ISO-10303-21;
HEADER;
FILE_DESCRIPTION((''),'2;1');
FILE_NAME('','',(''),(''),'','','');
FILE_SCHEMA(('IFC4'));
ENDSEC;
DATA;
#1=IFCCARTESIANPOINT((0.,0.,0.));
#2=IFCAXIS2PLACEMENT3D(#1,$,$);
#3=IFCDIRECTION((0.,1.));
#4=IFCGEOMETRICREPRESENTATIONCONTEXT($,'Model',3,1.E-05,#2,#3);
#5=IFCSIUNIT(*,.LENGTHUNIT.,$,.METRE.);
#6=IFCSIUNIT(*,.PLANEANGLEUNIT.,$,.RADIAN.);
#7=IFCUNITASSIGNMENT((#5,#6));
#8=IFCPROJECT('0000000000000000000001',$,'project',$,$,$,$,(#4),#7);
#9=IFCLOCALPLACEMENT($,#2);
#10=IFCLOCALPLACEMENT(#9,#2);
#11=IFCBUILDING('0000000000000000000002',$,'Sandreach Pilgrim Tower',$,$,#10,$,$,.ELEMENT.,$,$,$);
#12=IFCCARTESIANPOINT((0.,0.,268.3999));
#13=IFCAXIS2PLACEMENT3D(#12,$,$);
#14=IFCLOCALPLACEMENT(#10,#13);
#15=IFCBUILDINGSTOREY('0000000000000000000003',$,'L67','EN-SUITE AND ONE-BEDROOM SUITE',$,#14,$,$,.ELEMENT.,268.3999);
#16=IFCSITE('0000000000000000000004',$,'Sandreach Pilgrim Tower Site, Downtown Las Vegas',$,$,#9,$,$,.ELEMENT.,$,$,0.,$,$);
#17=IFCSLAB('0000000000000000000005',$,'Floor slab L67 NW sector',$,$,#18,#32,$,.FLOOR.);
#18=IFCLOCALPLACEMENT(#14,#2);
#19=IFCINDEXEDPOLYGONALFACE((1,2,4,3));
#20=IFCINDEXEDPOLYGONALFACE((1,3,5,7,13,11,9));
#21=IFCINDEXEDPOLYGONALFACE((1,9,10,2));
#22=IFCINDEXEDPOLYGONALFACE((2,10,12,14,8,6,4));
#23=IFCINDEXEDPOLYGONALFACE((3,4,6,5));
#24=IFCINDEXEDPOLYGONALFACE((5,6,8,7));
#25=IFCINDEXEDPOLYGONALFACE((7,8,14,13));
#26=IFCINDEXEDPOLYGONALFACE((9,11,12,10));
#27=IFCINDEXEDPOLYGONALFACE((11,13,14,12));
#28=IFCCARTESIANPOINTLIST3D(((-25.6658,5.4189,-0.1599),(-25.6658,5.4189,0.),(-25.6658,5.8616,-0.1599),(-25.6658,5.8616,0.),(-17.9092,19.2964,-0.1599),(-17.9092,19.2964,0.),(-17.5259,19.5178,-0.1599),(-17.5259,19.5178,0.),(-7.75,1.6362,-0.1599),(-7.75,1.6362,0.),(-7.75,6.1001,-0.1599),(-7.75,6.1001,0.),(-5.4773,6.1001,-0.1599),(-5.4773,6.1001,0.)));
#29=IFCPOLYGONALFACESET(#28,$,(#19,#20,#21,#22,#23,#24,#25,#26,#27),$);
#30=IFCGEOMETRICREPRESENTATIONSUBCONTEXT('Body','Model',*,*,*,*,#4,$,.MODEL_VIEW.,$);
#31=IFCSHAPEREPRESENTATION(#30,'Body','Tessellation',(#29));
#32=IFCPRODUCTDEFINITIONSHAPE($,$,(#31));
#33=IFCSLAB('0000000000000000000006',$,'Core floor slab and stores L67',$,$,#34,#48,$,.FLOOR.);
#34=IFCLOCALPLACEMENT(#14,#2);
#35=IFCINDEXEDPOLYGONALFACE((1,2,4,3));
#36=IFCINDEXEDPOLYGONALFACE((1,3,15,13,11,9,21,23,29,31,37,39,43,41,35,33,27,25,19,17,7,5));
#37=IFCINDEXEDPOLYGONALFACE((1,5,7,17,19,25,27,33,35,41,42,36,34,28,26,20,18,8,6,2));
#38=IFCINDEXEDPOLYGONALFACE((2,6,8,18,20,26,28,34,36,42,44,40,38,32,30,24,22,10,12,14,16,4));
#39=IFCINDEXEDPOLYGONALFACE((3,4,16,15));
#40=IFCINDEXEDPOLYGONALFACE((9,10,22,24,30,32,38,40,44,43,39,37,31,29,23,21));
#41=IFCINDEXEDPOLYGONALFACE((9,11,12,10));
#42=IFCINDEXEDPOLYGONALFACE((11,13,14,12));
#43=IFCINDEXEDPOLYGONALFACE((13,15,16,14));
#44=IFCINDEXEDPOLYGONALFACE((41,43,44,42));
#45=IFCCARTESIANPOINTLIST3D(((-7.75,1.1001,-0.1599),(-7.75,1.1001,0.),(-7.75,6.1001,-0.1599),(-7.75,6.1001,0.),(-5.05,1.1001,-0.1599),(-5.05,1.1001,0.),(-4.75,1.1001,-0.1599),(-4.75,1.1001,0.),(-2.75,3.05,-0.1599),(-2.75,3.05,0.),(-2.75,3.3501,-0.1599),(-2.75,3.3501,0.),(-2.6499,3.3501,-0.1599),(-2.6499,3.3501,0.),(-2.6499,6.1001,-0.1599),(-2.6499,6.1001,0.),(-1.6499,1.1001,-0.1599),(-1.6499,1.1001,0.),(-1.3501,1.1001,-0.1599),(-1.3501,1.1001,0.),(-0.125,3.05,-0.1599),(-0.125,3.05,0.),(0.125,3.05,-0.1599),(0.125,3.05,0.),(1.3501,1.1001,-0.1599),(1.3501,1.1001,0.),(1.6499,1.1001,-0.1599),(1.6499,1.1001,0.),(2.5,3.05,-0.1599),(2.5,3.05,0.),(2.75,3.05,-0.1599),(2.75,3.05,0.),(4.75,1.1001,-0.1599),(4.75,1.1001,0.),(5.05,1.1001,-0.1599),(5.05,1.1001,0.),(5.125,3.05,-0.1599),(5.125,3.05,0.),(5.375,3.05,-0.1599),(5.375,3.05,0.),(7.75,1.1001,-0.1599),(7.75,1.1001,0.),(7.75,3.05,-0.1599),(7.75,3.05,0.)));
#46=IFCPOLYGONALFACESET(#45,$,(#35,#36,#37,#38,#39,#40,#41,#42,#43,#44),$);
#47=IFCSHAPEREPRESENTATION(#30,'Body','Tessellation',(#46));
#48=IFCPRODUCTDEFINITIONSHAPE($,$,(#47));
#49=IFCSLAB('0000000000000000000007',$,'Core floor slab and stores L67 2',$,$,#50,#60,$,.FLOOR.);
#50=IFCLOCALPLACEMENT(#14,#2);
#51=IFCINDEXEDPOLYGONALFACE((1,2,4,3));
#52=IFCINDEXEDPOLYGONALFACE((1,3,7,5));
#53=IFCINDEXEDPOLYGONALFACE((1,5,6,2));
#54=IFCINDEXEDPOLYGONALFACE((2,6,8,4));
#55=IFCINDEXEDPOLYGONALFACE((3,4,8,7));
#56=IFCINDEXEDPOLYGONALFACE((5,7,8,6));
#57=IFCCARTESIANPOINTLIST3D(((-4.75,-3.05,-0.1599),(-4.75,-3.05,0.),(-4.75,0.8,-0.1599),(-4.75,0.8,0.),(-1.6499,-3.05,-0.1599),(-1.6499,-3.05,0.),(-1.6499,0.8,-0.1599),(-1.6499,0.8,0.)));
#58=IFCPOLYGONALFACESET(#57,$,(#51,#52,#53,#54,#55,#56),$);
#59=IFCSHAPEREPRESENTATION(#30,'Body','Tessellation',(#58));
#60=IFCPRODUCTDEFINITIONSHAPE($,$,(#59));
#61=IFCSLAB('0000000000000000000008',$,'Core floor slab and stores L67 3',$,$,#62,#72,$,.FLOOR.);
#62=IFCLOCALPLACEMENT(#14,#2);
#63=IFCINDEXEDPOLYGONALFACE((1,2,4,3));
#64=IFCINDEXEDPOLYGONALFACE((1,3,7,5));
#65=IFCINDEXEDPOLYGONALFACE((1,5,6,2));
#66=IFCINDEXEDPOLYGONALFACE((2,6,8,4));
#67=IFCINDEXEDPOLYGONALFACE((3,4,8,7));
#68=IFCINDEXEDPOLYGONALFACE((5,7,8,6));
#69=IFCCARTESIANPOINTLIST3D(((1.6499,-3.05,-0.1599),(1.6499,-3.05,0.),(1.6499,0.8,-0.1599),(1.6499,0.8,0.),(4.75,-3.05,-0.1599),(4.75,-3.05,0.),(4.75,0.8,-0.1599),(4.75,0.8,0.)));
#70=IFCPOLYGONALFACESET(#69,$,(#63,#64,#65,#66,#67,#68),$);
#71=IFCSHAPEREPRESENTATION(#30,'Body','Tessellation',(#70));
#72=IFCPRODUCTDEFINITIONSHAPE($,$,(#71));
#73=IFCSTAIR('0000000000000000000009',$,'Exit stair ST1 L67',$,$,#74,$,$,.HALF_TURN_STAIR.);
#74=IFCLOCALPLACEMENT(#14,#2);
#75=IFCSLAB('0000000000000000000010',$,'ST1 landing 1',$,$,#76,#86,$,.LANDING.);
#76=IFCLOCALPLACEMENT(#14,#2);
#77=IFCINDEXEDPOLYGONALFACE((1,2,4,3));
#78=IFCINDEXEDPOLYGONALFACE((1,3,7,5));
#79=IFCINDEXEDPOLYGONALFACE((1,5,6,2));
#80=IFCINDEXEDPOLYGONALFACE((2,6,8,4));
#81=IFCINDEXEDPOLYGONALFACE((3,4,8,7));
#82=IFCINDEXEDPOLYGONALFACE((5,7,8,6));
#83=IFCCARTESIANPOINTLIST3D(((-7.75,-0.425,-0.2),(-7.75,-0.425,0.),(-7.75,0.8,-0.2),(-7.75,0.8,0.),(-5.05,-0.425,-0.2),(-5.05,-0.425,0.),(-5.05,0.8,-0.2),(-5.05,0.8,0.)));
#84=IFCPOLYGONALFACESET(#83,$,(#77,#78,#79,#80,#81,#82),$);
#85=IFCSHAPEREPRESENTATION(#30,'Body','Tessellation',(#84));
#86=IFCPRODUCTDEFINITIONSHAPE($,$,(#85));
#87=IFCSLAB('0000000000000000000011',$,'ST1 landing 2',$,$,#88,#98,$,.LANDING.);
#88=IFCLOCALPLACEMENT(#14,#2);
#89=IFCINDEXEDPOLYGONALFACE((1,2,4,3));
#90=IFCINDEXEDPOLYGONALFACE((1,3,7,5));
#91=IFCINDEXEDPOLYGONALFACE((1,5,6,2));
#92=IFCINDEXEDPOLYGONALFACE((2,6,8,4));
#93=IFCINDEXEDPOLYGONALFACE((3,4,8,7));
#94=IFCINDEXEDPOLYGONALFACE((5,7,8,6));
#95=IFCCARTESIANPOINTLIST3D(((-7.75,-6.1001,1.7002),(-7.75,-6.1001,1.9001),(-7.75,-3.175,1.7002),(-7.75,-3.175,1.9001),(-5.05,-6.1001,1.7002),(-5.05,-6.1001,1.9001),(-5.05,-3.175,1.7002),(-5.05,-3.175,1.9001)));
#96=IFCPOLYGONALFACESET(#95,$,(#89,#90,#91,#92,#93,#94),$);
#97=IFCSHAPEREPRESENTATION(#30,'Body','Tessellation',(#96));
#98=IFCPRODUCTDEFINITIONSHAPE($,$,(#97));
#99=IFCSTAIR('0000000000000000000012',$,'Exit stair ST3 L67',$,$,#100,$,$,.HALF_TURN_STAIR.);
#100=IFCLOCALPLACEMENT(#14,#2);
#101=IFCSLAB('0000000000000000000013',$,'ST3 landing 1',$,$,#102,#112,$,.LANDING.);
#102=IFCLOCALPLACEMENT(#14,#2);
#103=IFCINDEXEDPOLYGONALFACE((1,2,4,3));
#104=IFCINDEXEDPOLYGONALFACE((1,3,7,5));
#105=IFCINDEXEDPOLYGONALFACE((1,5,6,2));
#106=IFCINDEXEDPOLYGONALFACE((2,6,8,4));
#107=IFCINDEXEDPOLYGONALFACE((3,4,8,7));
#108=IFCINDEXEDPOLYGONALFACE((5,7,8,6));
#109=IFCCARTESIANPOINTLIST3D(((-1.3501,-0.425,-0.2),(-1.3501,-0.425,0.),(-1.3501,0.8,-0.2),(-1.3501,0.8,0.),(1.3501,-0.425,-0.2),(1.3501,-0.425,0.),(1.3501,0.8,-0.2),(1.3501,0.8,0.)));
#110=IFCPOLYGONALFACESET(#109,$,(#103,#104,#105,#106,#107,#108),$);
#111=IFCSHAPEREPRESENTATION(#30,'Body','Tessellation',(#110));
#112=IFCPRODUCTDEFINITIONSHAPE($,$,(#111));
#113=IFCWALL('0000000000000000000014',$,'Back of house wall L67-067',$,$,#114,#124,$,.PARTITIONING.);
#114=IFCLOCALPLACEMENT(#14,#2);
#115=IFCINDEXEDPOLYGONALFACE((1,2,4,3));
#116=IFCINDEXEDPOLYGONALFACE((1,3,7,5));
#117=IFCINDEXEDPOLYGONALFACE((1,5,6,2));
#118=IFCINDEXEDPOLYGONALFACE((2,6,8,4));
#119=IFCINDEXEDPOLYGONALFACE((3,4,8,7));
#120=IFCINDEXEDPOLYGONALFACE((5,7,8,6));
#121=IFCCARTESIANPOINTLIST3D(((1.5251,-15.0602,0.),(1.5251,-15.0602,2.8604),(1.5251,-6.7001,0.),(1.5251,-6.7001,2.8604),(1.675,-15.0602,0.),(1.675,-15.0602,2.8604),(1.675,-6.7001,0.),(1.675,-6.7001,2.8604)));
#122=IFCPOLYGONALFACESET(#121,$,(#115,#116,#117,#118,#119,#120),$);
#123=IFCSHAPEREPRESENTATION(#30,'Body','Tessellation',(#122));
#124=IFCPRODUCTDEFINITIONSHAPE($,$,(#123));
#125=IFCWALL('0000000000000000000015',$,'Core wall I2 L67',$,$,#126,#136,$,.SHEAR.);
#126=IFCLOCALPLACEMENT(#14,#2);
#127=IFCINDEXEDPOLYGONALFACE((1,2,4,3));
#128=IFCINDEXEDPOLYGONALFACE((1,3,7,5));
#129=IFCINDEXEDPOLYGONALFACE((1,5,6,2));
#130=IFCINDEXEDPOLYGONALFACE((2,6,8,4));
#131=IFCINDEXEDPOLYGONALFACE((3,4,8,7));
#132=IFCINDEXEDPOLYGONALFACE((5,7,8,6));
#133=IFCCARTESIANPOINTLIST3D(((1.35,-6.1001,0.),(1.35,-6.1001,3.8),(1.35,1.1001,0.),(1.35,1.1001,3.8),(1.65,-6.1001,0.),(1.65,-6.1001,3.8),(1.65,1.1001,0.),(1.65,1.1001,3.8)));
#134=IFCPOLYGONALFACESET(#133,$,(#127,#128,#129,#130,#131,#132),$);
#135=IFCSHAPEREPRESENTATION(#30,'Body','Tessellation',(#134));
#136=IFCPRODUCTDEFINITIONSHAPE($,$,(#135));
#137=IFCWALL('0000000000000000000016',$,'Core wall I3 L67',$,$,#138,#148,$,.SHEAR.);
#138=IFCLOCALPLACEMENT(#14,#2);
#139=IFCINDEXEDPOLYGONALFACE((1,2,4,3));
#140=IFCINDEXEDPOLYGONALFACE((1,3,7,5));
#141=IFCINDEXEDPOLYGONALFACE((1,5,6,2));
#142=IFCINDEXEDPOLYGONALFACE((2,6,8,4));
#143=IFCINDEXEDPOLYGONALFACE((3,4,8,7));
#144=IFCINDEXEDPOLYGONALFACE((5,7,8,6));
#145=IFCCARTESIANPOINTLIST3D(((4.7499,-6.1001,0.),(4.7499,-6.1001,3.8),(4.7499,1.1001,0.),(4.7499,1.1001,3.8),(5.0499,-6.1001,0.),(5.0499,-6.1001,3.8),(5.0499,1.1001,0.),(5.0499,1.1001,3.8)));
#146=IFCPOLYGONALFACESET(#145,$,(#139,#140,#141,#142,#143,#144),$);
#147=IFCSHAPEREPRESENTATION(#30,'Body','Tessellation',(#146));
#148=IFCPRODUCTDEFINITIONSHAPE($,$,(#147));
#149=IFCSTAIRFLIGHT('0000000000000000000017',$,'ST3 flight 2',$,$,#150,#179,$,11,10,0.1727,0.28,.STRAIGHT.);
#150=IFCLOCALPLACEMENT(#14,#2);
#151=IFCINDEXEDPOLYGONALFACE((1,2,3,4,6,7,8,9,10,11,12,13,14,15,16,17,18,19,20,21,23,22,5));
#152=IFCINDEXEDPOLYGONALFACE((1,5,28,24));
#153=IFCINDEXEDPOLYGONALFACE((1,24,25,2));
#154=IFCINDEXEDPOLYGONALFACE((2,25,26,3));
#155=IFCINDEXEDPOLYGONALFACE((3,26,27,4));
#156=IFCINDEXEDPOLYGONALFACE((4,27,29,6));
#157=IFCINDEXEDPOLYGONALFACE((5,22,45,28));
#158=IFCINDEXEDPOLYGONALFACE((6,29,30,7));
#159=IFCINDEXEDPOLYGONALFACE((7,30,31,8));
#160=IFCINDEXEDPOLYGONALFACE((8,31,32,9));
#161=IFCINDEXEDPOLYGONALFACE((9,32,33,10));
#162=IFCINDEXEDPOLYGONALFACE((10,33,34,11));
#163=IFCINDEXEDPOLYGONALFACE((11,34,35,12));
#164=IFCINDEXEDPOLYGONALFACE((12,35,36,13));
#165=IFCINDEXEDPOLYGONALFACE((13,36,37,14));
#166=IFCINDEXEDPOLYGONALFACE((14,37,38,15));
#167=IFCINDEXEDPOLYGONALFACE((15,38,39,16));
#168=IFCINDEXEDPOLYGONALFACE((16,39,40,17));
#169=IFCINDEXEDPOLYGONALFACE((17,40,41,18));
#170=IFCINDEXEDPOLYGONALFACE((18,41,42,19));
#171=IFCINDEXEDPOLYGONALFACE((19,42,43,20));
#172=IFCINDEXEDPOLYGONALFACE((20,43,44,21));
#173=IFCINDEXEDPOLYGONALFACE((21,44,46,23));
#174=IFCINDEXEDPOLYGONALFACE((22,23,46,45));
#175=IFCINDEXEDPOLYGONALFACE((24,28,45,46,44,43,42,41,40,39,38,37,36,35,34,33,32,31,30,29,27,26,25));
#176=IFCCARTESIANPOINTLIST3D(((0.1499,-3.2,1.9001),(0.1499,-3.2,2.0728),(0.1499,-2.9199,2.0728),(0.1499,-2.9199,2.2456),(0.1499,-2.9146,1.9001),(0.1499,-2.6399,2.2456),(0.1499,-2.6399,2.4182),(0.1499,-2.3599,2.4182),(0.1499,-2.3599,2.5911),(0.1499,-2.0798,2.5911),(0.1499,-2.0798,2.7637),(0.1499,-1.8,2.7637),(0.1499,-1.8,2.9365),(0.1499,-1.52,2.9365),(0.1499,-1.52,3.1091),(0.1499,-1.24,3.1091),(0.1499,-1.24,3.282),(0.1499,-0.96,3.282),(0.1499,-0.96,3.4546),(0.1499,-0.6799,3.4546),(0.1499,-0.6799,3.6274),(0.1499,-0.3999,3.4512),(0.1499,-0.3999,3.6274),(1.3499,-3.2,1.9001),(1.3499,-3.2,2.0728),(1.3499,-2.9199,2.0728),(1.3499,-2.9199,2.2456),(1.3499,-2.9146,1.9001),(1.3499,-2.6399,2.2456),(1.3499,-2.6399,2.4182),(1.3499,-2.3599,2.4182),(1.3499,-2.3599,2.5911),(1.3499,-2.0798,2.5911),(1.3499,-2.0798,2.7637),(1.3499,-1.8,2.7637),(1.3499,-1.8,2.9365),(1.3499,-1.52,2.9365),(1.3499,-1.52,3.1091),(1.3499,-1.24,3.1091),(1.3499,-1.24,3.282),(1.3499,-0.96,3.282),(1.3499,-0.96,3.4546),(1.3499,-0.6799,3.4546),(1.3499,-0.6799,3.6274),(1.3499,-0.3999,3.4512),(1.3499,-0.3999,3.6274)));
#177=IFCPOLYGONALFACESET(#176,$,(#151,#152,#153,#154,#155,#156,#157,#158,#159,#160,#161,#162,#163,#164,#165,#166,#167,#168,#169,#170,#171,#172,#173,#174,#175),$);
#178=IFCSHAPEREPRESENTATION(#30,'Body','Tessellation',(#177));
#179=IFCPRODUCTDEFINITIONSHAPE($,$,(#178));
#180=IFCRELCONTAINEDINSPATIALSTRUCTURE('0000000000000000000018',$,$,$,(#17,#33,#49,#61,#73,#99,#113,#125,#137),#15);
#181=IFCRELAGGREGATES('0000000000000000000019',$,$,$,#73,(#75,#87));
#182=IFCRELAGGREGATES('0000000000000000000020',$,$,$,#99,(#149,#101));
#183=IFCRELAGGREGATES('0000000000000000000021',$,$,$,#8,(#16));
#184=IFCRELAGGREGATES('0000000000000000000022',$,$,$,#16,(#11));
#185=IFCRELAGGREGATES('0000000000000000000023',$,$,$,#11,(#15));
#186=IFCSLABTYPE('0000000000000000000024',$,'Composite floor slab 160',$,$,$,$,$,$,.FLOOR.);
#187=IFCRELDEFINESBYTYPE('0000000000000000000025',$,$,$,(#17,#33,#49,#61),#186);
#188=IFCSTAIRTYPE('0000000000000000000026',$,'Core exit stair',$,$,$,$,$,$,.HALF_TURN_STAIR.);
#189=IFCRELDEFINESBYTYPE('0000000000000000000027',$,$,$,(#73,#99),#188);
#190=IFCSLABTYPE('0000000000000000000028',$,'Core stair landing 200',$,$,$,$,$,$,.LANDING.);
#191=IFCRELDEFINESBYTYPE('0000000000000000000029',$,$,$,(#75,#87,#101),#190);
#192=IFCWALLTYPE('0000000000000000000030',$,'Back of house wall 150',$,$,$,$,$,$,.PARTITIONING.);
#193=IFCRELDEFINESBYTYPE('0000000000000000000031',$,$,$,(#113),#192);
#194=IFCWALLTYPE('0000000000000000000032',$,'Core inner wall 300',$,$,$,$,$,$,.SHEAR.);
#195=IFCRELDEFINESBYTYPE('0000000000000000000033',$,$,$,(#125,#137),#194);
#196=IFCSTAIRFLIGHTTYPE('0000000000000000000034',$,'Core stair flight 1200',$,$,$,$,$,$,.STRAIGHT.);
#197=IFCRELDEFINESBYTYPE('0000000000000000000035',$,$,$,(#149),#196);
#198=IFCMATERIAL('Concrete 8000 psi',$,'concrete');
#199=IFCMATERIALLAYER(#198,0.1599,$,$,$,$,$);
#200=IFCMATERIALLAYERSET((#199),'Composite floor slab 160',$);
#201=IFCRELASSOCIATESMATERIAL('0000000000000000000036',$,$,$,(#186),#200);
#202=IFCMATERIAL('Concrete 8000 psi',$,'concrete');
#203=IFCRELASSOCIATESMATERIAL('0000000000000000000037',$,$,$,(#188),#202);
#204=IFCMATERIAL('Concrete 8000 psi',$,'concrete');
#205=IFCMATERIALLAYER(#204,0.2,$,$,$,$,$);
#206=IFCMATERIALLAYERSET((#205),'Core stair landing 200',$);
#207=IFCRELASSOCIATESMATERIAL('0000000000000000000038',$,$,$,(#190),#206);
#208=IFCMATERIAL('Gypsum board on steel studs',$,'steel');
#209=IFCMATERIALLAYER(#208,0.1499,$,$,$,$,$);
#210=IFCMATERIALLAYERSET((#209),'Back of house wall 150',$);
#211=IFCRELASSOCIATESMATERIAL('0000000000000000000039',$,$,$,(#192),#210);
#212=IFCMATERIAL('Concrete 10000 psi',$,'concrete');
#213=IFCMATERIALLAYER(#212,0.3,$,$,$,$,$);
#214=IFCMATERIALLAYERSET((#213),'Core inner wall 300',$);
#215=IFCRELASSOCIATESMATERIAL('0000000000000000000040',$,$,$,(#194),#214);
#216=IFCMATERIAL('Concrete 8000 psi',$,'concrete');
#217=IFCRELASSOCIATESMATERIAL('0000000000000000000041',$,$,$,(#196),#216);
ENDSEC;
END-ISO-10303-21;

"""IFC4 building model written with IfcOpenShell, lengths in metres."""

from ifc_helpers import new_model, si_unit, direction, frame, frame_2d, origin, place, context, subcontext, project, spatial, polyline, rectangle, outline, extrude, material, layer, layer_set, type_object, element, aggregate, save


model = new_model("IFC4")

# Units and contexts
model_context = context("Model", 3, precision=1e-05, world=origin(), true_north=direction((0.0, 1.0)))
body_context = subcontext(model_context, "Body", "Model", "MODEL_VIEW")
ifc_project = project(units=[si_unit("LENGTHUNIT", "METRE"), si_unit("PLANEANGLEUNIT", "RADIAN")], contexts=[model_context])

# Site, building, storey
site_placement = place(None, origin())
site = spatial("IfcSite", under=ifc_project, at=site_placement, Name="Sandreach Pilgrim Tower Site, Downtown Las Vegas", CompositionType="ELEMENT", RefElevation=0.0)
building_placement = place(site_placement, origin())
building = spatial("IfcBuilding", under=site, at=building_placement, Name="Sandreach Pilgrim Tower", CompositionType="ELEMENT")
storey_placement = place(building_placement, frame((0.0, 0.0, 268.3999)))
storey = spatial("IfcBuildingStorey", under=building, at=storey_placement, Name="L67", Description="EN-SUITE AND ONE-BEDROOM SUITE", CompositionType="ELEMENT", Elevation=268.3999)

# Slabs
ifc_material_1 = material(Name="Concrete 8000 psi", Category="concrete")
ifc_layer_1 = layer(ifc_material_1, 0.1599)
ifc_layer_set_1 = layer_set([ifc_layer_1], Name="Composite floor slab 160")
slab_type_1 = type_object("IfcSlabType", Name="Composite floor slab 160", PredefinedType="FLOOR", material=ifc_layer_set_1)
slab_1_placement = place(storey_placement, frame((0.0, 0.0, -0.1599)))
element("IfcSlab", 1, at=slab_1_placement, inside=storey, type_object=slab_type_1, Name="Floor slab L67 NW sector", PredefinedType="FLOOR", context=body_context, shape_type="SweptSolid", body=[
    extrude(outline(polyline([(-25.6658, 5.8616), (-17.9092, 19.2964), (-17.5259, 19.5178), (-5.4773, 6.1001), (-7.75, 6.1001), (-7.75, 1.6362), (-25.6658, 5.4189), (-25.6658, 5.8616)])), origin(), (0.0, 0.0, 1.0), 0.1599),
])
slab_2_placement = place(storey_placement, frame((0.0, 0.0, -0.1599)))
element("IfcSlab", 2, at=slab_2_placement, inside=storey, type_object=slab_type_1, Name="Core floor slab and stores L67", PredefinedType="FLOOR", context=body_context, shape_type="SweptSolid", body=[
    extrude(outline(polyline([(-2.75, 3.3501), (-2.75, 3.05), (-0.125, 3.05), (0.125, 3.05), (2.5, 3.05), (2.75, 3.05), (5.125, 3.05), (5.375, 3.05), (7.75, 3.05), (7.75, 1.1001), (5.05, 1.1001), (4.75, 1.1001), (1.6499, 1.1001), (1.3501, 1.1001), (-1.3501, 1.1001), (-1.6499, 1.1001), (-4.75, 1.1001), (-5.05, 1.1001), (-7.75, 1.1001), (-7.75, 6.1001), (-2.6499, 6.1001), (-2.6499, 3.3501), (-2.75, 3.3501)])), origin(), (0.0, 0.0, 1.0), 0.1599),
])
slab_3_placement = place(storey_placement, frame((0.0, 0.0, -0.1599)))
element("IfcSlab", 3, at=slab_3_placement, inside=storey, type_object=slab_type_1, Name="Core floor slab and stores L67 2", PredefinedType="FLOOR", context=body_context, shape_type="SweptSolid", body=[
    extrude(outline(polyline([(-1.6499, -3.05), (-4.75, -3.05), (-4.75, 0.8), (-1.6499, 0.8), (-1.6499, -3.05)])), origin(), (0.0, 0.0, 1.0), 0.1599),
])
slab_4_placement = place(storey_placement, frame((0.0, 0.0, -0.1599)))
element("IfcSlab", 4, at=slab_4_placement, inside=storey, type_object=slab_type_1, Name="Core floor slab and stores L67 3", PredefinedType="FLOOR", context=body_context, shape_type="SweptSolid", body=[
    extrude(outline(polyline([(4.75, -3.05), (1.6499, -3.05), (1.6499, 0.8), (4.75, 0.8), (4.75, -3.05)])), origin(), (0.0, 0.0, 1.0), 0.1599),
])

# Stair, slabs
ifc_material_2 = material(Name="Concrete 8000 psi", Category="concrete")
stair_type = type_object("IfcStairType", Name="Core exit stair", PredefinedType="HALF_TURN_STAIR", material=ifc_material_2)
stair_1_placement = place(storey_placement, origin())
stair_1 = element("IfcStair", 5, at=stair_1_placement, inside=storey, type_object=stair_type, Name="Exit stair ST1 L67", PredefinedType="HALF_TURN_STAIR")
ifc_material_3 = material(Name="Concrete 8000 psi", Category="concrete")
ifc_layer_2 = layer(ifc_material_3, 0.2)
ifc_layer_set_2 = layer_set([ifc_layer_2], Name="Core stair landing 200")
slab_type_2 = type_object("IfcSlabType", Name="Core stair landing 200", PredefinedType="LANDING", material=ifc_layer_set_2)
slab_5_placement = place(storey_placement, frame((0.0, 0.0, -0.2)))
slab_5 = element("IfcSlab", 6, at=slab_5_placement, type_object=slab_type_2, Name="ST1 landing 1", PredefinedType="LANDING", context=body_context, shape_type="SweptSolid", body=[
    extrude(outline(polyline([(-7.75, -0.425), (-5.05, -0.425), (-5.05, 0.8), (-7.75, 0.8), (-7.75, -0.425)])), origin(), (0.0, 0.0, 1.0), 0.2),
])
slab_6_placement = place(storey_placement, frame((0.0, 0.0, 1.7002)))
slab_6 = element("IfcSlab", 7, at=slab_6_placement, type_object=slab_type_2, Name="ST1 landing 2", PredefinedType="LANDING", context=body_context, shape_type="SweptSolid", body=[
    extrude(outline(polyline([(-7.75, -6.1001), (-5.05, -6.1001), (-5.05, -3.175), (-7.75, -3.175), (-7.75, -6.1001)])), origin(), (0.0, 0.0, 1.0), 0.2),
])
aggregate(stair_1, [slab_5, slab_6])

# Stair, slab
stair_2_placement = place(storey_placement, origin())
stair_2 = element("IfcStair", 8, at=stair_2_placement, inside=storey, type_object=stair_type, Name="Exit stair ST3 L67", PredefinedType="HALF_TURN_STAIR")
slab_7_placement = place(storey_placement, frame((0.0, 0.0, -0.2)))
slab_7 = element("IfcSlab", 9, at=slab_7_placement, type_object=slab_type_2, Name="ST3 landing 1", PredefinedType="LANDING", context=body_context, shape_type="SweptSolid", body=[
    extrude(outline(polyline([(-1.3501, -0.425), (1.3501, -0.425), (1.3501, 0.8), (-1.3501, 0.8), (-1.3501, -0.425)])), origin(), (0.0, 0.0, 1.0), 0.2),
])

# Walls
ifc_material_4 = material(Name="Gypsum board on steel studs", Category="steel")
ifc_layer_3 = layer(ifc_material_4, 0.1499)
ifc_layer_set_3 = layer_set([ifc_layer_3], Name="Back of house wall 150")
wall_type_1 = type_object("IfcWallType", Name="Back of house wall 150", PredefinedType="PARTITIONING", material=ifc_layer_set_3)
wall_1_placement = place(storey_placement, frame((1.6001, -6.7, 0.0), z_axis=(0.0, 0.0, 1.0), x_axis=(0.0, -1.0, 0.0)))
element("IfcWall", 10, at=wall_1_placement, inside=storey, type_object=wall_type_1, Name="Back of house wall L67-067", PredefinedType="PARTITIONING", context=body_context, shape_type="SweptSolid", body=[
    extrude(rectangle(XDim=8.3601, YDim=0.1499, at=frame_2d((4.1802, 0.0))), origin(), (0.0, 0.0, 1.0), 2.8604),
])
ifc_material_5 = material(Name="Concrete 10000 psi", Category="concrete")
ifc_layer_4 = layer(ifc_material_5, 0.3)
ifc_layer_set_4 = layer_set([ifc_layer_4], Name="Core inner wall 300")
wall_type_2 = type_object("IfcWallType", Name="Core inner wall 300", PredefinedType="SHEAR", material=ifc_layer_set_4)
for number, where, z_axis, x_axis, name in (
    (11, (1.5, -6.1001, 0.0), (0.0, 0.0, 1.0), (0.0, 1.0, 0.0), "Core wall I2 L67"),
    (12, (4.8999, -6.1001, 0.0), (0.0, 0.0, 1.0), (0.0, 1.0, 0.0), "Core wall I3 L67"),
):
    element("IfcWall", number, at=place(storey_placement, frame(where, z_axis=z_axis, x_axis=x_axis)), inside=storey, type_object=wall_type_2, Name=name, PredefinedType="SHEAR", context=body_context, shape_type="SweptSolid", body=[
        extrude(rectangle(XDim=7.2002, YDim=0.3, at=frame_2d((3.6001, 0.0))), origin(), (0.0, 0.0, 1.0), 3.8),
    ])

# Stair flight
ifc_material_6 = material(Name="Concrete 8000 psi", Category="concrete")
stair_flight_type = type_object("IfcStairFlightType", Name="Core stair flight 1200", PredefinedType="STRAIGHT", material=ifc_material_6)
stair_flight_placement = place(storey_placement, frame((0.75, -3.2, 1.9001), z_axis=(0.0, 0.0, 1.0), x_axis=(0.0, 1.0, 0.0)))
stair_flight = element("IfcStairFlight", 13, at=stair_flight_placement, type_object=stair_flight_type, Name="ST3 flight 2", NumberOfRisers=11, NumberOfTreads=10, PredefinedType="STRAIGHT", RiserHeight=0.1727, TreadLength=0.28, context=body_context, shape_type="SweptSolid", body=[
    extrude(outline(polyline([(0.0, 0.0), (0.0, 0.1726), (0.28, 0.1726), (0.28, 0.3455), (0.5601, 0.3455), (0.5601, 0.5181), (0.8401, 0.5181), (0.8401, 0.6909), (1.1201, 0.6909), (1.1201, 0.8635), (1.3999, 0.8635), (1.3999, 1.0364), (1.6799, 1.0364), (1.6799, 1.209), (1.96, 1.209), (1.96, 1.3818), (2.24, 1.3818), (2.24, 1.5544), (2.52, 1.5544), (2.52, 1.7273), (2.8, 1.7273), (2.8, 1.8999), (2.8, 1.551), (0.2854, 0.0), (0.0, 0.0)])), frame((0.0, 0.6001, 0.0), z_axis=(0.0, -1.0, 0.0), x_axis=(1.0, 0.0, 0.0)), (0.0, 0.0, 1.0), 1.2),
])
aggregate(stair_2, [stair_flight, slab_7])

save(model, "model.ifc")
